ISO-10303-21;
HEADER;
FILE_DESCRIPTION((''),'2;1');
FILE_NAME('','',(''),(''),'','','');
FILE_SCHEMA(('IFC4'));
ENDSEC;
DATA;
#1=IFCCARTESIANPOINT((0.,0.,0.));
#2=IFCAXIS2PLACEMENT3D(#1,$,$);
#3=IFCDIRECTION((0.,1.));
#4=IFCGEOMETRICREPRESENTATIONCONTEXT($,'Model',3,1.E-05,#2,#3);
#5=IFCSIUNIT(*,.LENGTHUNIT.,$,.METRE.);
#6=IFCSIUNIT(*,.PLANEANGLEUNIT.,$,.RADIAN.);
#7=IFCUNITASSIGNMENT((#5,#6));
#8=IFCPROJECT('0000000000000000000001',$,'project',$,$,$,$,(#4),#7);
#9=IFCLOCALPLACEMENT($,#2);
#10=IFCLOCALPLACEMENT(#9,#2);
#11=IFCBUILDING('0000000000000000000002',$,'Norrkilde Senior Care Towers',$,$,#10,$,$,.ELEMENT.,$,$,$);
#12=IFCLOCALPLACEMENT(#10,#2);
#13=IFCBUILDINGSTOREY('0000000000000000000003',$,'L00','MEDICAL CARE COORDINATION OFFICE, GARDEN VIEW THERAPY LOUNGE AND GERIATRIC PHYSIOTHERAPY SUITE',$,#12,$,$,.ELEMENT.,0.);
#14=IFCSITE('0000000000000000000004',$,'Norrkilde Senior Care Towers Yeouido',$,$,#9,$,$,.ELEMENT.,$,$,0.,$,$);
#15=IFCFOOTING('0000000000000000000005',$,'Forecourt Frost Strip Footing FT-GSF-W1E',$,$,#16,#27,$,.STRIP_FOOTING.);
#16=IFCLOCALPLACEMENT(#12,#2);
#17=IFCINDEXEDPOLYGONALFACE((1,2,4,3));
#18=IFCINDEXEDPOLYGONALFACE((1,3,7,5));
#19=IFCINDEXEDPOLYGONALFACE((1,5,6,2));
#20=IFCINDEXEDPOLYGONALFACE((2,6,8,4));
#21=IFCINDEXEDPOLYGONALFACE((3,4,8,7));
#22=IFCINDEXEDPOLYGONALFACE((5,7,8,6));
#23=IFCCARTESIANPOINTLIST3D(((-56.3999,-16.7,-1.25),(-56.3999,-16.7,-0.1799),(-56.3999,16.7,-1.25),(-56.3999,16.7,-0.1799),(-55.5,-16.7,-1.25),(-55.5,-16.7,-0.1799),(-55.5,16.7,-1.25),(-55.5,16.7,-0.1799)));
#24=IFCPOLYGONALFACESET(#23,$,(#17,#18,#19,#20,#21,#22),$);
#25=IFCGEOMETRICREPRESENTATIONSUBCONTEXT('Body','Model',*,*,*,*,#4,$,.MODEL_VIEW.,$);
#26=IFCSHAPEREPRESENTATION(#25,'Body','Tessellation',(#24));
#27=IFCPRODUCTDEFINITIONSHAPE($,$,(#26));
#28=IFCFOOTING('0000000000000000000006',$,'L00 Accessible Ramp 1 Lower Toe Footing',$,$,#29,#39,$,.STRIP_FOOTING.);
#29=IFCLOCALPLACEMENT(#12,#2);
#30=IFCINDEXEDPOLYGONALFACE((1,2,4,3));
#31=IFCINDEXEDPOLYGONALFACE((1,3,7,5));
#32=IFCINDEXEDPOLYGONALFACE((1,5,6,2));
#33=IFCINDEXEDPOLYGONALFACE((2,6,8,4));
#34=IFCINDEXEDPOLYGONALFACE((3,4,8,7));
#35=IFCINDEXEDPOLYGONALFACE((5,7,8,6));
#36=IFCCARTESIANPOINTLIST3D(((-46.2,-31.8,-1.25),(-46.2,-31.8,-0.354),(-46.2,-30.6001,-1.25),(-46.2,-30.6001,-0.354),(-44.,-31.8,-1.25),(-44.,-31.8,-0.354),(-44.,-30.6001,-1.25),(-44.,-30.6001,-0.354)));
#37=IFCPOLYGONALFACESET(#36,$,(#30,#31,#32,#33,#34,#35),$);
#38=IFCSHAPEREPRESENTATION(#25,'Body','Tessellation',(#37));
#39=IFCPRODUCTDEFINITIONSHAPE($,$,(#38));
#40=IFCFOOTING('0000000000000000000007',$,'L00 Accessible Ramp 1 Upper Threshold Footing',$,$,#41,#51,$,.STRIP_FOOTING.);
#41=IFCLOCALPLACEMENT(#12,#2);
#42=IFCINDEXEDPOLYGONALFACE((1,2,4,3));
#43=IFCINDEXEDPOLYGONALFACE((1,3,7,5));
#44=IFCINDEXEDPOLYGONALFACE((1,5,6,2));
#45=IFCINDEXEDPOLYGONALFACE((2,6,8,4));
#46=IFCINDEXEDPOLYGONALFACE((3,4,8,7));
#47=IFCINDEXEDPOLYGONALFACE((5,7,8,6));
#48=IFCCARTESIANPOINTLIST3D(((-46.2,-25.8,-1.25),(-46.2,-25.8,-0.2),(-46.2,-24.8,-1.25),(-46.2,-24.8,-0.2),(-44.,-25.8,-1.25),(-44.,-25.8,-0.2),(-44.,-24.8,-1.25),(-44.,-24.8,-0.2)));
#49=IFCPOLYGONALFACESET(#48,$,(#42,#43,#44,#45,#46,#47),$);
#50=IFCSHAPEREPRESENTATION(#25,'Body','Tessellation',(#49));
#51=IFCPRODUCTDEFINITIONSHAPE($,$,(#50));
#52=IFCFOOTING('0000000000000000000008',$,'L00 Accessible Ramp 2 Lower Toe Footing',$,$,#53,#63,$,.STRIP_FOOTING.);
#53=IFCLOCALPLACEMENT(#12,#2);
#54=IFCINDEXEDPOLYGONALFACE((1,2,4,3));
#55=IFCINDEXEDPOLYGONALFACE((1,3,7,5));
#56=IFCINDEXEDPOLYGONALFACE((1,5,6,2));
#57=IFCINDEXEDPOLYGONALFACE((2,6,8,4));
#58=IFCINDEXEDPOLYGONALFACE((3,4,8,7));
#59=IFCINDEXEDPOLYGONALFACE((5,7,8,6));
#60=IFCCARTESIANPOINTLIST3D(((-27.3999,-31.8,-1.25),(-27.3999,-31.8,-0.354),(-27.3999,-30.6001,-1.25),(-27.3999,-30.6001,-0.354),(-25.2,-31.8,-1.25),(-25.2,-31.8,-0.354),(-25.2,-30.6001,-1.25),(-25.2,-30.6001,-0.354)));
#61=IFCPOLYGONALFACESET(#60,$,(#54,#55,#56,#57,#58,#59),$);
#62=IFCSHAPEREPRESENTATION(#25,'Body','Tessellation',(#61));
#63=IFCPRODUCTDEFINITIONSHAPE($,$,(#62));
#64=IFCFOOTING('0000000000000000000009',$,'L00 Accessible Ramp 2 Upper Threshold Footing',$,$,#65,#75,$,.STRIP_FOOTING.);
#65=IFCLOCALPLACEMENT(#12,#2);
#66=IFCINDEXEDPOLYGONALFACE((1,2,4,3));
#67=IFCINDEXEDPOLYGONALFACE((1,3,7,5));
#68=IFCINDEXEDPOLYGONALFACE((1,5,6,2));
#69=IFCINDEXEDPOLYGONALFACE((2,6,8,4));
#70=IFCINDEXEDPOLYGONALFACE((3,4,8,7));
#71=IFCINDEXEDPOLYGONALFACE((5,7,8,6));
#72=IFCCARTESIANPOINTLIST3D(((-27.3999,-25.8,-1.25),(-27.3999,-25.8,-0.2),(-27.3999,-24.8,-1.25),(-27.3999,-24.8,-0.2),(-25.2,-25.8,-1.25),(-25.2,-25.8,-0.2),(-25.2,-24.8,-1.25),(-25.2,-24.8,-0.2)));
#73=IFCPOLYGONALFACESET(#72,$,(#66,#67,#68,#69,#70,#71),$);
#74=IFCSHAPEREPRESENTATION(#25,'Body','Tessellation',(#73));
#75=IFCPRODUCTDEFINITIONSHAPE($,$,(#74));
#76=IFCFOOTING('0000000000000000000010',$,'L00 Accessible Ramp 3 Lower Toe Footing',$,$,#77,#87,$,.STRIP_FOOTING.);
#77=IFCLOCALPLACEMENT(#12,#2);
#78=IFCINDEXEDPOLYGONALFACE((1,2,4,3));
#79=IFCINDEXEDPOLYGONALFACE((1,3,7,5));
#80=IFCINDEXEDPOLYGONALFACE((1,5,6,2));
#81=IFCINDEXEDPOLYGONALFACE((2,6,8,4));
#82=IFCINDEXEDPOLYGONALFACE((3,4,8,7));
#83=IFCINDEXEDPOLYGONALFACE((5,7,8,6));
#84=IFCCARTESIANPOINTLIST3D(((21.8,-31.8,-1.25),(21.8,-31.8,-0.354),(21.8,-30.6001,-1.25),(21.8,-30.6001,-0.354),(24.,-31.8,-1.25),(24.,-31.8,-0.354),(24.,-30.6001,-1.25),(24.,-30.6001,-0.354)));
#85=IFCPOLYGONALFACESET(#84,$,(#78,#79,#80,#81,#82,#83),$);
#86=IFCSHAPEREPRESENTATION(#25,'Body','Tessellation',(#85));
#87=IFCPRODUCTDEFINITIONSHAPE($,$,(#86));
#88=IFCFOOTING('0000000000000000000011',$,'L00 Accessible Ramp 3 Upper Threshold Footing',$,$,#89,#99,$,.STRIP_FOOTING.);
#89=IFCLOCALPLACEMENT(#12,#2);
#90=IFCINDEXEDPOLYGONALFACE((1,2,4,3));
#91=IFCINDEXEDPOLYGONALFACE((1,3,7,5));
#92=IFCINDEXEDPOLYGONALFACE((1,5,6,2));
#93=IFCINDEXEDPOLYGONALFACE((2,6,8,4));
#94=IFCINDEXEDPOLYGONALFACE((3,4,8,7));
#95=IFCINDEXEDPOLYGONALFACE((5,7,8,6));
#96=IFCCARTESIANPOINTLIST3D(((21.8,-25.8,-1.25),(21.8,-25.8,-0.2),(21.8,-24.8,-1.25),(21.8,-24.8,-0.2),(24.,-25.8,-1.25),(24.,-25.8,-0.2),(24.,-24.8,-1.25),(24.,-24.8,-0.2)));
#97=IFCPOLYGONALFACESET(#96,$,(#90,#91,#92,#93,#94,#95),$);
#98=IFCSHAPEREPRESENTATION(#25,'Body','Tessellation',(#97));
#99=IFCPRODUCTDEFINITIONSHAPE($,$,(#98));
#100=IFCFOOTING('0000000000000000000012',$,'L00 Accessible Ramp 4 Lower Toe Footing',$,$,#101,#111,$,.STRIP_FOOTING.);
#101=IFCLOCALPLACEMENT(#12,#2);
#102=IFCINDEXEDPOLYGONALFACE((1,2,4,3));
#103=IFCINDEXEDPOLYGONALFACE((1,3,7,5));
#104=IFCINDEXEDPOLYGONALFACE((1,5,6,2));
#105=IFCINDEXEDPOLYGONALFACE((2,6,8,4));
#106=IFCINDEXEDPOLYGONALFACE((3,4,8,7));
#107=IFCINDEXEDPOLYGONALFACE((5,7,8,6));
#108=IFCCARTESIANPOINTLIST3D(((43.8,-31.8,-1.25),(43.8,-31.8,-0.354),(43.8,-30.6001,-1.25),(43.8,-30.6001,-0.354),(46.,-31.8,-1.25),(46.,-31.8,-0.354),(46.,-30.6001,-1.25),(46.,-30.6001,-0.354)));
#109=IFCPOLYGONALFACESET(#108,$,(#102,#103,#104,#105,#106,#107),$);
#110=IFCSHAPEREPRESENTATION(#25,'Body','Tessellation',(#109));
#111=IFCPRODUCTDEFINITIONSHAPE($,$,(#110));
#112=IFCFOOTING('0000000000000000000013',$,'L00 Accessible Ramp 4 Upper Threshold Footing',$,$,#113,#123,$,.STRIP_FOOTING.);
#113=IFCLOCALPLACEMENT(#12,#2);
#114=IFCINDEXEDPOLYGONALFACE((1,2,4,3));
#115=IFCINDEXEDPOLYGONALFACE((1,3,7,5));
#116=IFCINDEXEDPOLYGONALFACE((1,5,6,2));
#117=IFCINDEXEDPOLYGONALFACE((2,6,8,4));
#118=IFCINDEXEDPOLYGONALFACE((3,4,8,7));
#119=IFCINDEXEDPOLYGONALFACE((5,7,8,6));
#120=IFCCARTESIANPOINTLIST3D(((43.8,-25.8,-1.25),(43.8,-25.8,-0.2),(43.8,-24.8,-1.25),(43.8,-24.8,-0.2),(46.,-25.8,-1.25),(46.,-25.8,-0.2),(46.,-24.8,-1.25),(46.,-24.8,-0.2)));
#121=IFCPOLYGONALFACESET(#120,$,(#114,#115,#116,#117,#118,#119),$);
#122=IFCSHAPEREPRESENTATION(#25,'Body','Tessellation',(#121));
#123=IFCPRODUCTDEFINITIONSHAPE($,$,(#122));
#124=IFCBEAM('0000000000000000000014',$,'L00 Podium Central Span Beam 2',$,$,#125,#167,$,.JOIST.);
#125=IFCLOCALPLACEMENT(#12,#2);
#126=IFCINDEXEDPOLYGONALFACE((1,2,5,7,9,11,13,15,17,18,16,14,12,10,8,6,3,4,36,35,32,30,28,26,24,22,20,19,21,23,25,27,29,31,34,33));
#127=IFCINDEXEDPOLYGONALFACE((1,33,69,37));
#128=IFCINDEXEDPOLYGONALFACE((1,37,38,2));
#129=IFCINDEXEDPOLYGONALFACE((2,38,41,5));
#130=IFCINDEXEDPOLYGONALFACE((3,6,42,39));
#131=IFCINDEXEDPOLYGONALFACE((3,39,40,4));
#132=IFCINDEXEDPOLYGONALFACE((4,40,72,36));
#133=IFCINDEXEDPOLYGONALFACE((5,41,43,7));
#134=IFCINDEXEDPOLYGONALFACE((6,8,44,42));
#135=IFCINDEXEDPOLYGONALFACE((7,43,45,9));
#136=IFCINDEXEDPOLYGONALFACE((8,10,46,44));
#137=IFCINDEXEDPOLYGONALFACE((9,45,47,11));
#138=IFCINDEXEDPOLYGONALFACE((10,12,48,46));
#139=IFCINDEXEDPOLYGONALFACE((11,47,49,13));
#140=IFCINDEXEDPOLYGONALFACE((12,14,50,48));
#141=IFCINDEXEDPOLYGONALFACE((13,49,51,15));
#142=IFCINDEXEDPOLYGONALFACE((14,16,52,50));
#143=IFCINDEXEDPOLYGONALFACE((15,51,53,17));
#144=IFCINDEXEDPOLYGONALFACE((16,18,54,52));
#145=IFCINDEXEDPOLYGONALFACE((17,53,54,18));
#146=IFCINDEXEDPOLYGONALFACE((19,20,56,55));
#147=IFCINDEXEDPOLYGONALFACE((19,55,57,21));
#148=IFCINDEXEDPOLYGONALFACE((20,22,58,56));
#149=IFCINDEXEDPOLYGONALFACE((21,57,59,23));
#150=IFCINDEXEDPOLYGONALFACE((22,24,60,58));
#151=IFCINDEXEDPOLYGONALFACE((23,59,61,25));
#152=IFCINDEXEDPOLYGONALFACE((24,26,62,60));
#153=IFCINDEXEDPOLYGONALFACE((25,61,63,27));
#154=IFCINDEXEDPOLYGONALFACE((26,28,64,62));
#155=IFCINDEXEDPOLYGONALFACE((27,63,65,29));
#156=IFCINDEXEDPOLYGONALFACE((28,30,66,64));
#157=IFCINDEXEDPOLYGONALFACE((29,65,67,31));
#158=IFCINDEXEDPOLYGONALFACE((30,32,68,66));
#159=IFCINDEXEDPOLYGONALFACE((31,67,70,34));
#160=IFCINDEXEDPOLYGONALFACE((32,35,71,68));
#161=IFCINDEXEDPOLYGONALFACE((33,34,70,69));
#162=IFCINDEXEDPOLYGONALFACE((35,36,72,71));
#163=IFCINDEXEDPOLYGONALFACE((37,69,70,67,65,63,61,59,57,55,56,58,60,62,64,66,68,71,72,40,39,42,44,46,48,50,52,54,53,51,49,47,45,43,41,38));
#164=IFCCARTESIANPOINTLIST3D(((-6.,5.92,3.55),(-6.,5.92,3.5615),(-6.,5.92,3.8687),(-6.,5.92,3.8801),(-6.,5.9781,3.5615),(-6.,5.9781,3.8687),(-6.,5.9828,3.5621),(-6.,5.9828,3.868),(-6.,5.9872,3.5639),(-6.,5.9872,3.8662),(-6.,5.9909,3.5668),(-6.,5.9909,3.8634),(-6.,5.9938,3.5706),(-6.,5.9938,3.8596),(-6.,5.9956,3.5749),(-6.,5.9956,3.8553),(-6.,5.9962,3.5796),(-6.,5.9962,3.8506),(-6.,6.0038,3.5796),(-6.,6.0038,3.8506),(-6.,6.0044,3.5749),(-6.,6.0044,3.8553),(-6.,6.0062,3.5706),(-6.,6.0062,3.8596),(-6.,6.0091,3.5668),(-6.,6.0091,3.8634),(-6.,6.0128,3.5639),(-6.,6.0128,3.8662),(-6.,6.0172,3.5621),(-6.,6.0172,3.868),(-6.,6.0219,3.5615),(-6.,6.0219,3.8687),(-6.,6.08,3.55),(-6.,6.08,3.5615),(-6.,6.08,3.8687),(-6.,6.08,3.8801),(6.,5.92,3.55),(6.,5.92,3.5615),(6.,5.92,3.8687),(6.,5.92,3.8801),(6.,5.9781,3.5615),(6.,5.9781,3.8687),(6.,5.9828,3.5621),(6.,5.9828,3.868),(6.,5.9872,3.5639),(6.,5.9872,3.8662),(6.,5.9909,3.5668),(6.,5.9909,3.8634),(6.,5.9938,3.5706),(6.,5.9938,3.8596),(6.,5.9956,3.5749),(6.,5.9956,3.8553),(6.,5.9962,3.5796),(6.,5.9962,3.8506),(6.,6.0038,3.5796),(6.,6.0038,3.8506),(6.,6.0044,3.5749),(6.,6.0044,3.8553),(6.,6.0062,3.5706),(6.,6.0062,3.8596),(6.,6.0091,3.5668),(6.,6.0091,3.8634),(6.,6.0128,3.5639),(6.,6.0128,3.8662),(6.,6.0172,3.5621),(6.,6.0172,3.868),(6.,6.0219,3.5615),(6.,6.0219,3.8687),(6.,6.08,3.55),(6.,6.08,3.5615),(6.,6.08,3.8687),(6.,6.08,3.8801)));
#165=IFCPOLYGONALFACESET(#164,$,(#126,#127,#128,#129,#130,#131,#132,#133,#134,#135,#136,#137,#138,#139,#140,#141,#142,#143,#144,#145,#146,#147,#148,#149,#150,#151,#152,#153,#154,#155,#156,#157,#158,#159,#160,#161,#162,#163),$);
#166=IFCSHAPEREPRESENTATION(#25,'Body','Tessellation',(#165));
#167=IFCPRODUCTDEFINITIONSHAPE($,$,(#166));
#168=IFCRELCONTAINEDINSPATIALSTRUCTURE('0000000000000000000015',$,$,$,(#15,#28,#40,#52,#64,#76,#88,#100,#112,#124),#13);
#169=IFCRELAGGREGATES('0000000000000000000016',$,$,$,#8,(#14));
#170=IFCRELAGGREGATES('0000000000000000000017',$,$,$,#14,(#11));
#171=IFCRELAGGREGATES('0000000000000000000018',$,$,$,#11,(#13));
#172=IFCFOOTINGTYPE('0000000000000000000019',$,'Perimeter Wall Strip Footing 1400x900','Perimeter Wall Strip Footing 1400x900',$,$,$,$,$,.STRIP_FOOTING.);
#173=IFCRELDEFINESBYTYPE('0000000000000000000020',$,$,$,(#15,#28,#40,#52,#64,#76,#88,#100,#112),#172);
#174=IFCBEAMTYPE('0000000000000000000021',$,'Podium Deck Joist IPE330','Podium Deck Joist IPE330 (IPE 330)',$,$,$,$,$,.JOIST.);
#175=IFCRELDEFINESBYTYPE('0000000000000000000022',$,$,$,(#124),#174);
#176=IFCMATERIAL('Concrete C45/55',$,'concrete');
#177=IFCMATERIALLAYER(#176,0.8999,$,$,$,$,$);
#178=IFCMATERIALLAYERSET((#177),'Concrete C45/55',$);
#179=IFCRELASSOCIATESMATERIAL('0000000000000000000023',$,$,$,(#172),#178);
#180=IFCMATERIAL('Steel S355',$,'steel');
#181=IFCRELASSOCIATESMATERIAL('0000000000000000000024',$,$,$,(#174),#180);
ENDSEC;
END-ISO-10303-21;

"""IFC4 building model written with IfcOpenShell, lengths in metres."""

from ifc_helpers import new_model, si_unit, direction, frame, origin, origin_2d, place, context, subcontext, project, spatial, polyline, i_section, outline, extrude, source, transform, mapped, material, layer, layer_set, material_profile, profile_set, type_object, type_shapes, element, save


model = new_model("IFC4")

# Units and contexts
model_context = context("Model", 3, precision=1e-05, world=origin(), true_north=direction((0.0, 1.0)))
body_context = subcontext(model_context, "Body", "Model", "MODEL_VIEW")
ifc_project = project(units=[si_unit("LENGTHUNIT", "METRE"), si_unit("PLANEANGLEUNIT", "RADIAN")], contexts=[model_context])

# Site, building, storey
site_placement = place(None, origin())
site = spatial("IfcSite", under=ifc_project, at=site_placement, Name="Norrkilde Senior Care Towers Yeouido", CompositionType="ELEMENT", RefElevation=0.0)
building_placement = place(site_placement, origin())
building = spatial("IfcBuilding", under=site, at=building_placement, Name="Norrkilde Senior Care Towers", CompositionType="ELEMENT")
storey_placement = place(building_placement, origin())
storey = spatial("IfcBuildingStorey", under=building, at=storey_placement, Name="L00", Description="MEDICAL CARE COORDINATION OFFICE, GARDEN VIEW THERAPY LOUNGE AND GERIATRIC PHYSIOTHERAPY SUITE", CompositionType="ELEMENT", Elevation=0.0)

# Footings
ifc_material_1 = material(Name="Concrete C45/55", Category="concrete")
ifc_layer_1 = layer(ifc_material_1, 0.8999)
ifc_layer_set_1 = layer_set([ifc_layer_1], Name="Concrete C45/55")
footing_type = type_object("IfcFootingType", Name="Perimeter Wall Strip Footing 1400x900", Description="Perimeter Wall Strip Footing 1400x900", PredefinedType="STRIP_FOOTING", material=ifc_layer_set_1)
footing_1_placement = place(storey_placement, frame((0.0, 0.0, -1.25)))
element("IfcFooting", 1, at=footing_1_placement, inside=storey, type_object=footing_type, Name="Forecourt Frost Strip Footing FT-GSF-W1E", PredefinedType="STRIP_FOOTING", context=body_context, shape_type="SweptSolid", body=[
    extrude(outline(polyline([(-56.3999, -16.7), (-55.5, -16.7), (-55.5, 16.7), (-56.3999, 16.7), (-56.3999, -16.7)])), origin(), (0.0, 0.0, 1.0), 1.0701),
])
footing_2_placement = place(storey_placement, frame((0.0, 0.0, -1.25)))
element("IfcFooting", 2, at=footing_2_placement, inside=storey, type_object=footing_type, Name="L00 Accessible Ramp 1 Lower Toe Footing", PredefinedType="STRIP_FOOTING", context=body_context, shape_type="SweptSolid", body=[
    extrude(outline(polyline([(-46.2, -31.8), (-44.0, -31.8), (-44.0, -30.6001), (-46.2, -30.6001), (-46.2, -31.8)])), origin(), (0.0, 0.0, 1.0), 0.896),
])
footing_3_placement = place(storey_placement, frame((0.0, 0.0, -1.25)))
element("IfcFooting", 3, at=footing_3_placement, inside=storey, type_object=footing_type, Name="L00 Accessible Ramp 1 Upper Threshold Footing", PredefinedType="STRIP_FOOTING", context=body_context, shape_type="SweptSolid", body=[
    extrude(outline(polyline([(-46.2, -25.8), (-44.0, -25.8), (-44.0, -24.8), (-46.2, -24.8), (-46.2, -25.8)])), origin(), (0.0, 0.0, 1.0), 1.05),
])
footing_4_placement = place(storey_placement, frame((0.0, 0.0, -1.25)))
element("IfcFooting", 4, at=footing_4_placement, inside=storey, type_object=footing_type, Name="L00 Accessible Ramp 2 Lower Toe Footing", PredefinedType="STRIP_FOOTING", context=body_context, shape_type="SweptSolid", body=[
    extrude(outline(polyline([(-27.3999, -31.8), (-25.2, -31.8), (-25.2, -30.6001), (-27.3999, -30.6001), (-27.3999, -31.8)])), origin(), (0.0, 0.0, 1.0), 0.896),
])
footing_5_placement = place(storey_placement, frame((0.0, 0.0, -1.25)))
element("IfcFooting", 5, at=footing_5_placement, inside=storey, type_object=footing_type, Name="L00 Accessible Ramp 2 Upper Threshold Footing", PredefinedType="STRIP_FOOTING", context=body_context, shape_type="SweptSolid", body=[
    extrude(outline(polyline([(-27.3999, -25.8), (-25.2, -25.8), (-25.2, -24.8), (-27.3999, -24.8), (-27.3999, -25.8)])), origin(), (0.0, 0.0, 1.0), 1.05),
])
footing_6_placement = place(storey_placement, frame((0.0, 0.0, -1.25)))
element("IfcFooting", 6, at=footing_6_placement, inside=storey, type_object=footing_type, Name="L00 Accessible Ramp 3 Lower Toe Footing", PredefinedType="STRIP_FOOTING", context=body_context, shape_type="SweptSolid", body=[
    extrude(outline(polyline([(21.8, -31.8), (24.0, -31.8), (24.0, -30.6001), (21.8, -30.6001), (21.8, -31.8)])), origin(), (0.0, 0.0, 1.0), 0.896),
])
footing_7_placement = place(storey_placement, frame((0.0, 0.0, -1.25)))
element("IfcFooting", 7, at=footing_7_placement, inside=storey, type_object=footing_type, Name="L00 Accessible Ramp 3 Upper Threshold Footing", PredefinedType="STRIP_FOOTING", context=body_context, shape_type="SweptSolid", body=[
    extrude(outline(polyline([(21.8, -25.8), (24.0, -25.8), (24.0, -24.8), (21.8, -24.8), (21.8, -25.8)])), origin(), (0.0, 0.0, 1.0), 1.05),
])
footing_8_placement = place(storey_placement, frame((0.0, 0.0, -1.25)))
element("IfcFooting", 8, at=footing_8_placement, inside=storey, type_object=footing_type, Name="L00 Accessible Ramp 4 Lower Toe Footing", PredefinedType="STRIP_FOOTING", context=body_context, shape_type="SweptSolid", body=[
    extrude(outline(polyline([(43.8, -31.8), (46.0, -31.8), (46.0, -30.6001), (43.8, -30.6001), (43.8, -31.8)])), origin(), (0.0, 0.0, 1.0), 0.896),
])
footing_9_placement = place(storey_placement, frame((0.0, 0.0, -1.25)))
element("IfcFooting", 9, at=footing_9_placement, inside=storey, type_object=footing_type, Name="L00 Accessible Ramp 4 Upper Threshold Footing", PredefinedType="STRIP_FOOTING", context=body_context, shape_type="SweptSolid", body=[
    extrude(outline(polyline([(43.8, -25.8), (46.0, -25.8), (46.0, -24.8), (43.8, -24.8), (43.8, -25.8)])), origin(), (0.0, 0.0, 1.0), 1.05),
])

# Beam
ifc_material_2 = material(Name="Steel S355", Category="steel")
ifc_material_profile_1 = material_profile(ifc_material_2, i_section(OverallWidth=0.1599, OverallDepth=0.3301, WebThickness=0.0076, FlangeThickness=0.0115, FilletRadius=0.0181, at=origin_2d()), Name="IPE 330")
ifc_profile_set_1 = profile_set([ifc_material_profile_1], Name="Steel S355")
beam_type_1 = type_object("IfcBeamType", Name="Podium Deck Joist IPE330", Description="Podium Deck Joist IPE330 (IPE 330)", PredefinedType="JOIST", material=ifc_profile_set_1)
shared_shape_1 = source(origin(), body_context, "Body", "SweptSolid", [
    extrude(i_section(OverallWidth=0.1599, OverallDepth=0.3301, WebThickness=0.0076, FlangeThickness=0.0115, FilletRadius=0.0181, at=origin_2d()), origin(), (0.0, 0.0, 1.0), 12.0),
])
type_shapes(beam_type_1, [shared_shape_1])
beam_1_placement = place(storey_placement, frame((-6.0, 6.0, 3.7151), z_axis=(1.0, 0.0, 0.0), x_axis=(0.0, 1.0, 0.0)))
element("IfcBeam", 10, at=beam_1_placement, inside=storey, type_object=beam_type_1, Name="L00 Podium Central Span Beam 2", PredefinedType="JOIST", context=body_context, shape_type="MappedRepresentation", body=[
    mapped(shared_shape_1, transform((0.0, 0.0, 0.0), x_axis=(1.0, 0.0, 0.0), y_axis=(0.0, 1.0, 0.0), z_axis=(0.0, 0.0, 1.0), scale=1.0)),
])

save(model, "model.ifc")
